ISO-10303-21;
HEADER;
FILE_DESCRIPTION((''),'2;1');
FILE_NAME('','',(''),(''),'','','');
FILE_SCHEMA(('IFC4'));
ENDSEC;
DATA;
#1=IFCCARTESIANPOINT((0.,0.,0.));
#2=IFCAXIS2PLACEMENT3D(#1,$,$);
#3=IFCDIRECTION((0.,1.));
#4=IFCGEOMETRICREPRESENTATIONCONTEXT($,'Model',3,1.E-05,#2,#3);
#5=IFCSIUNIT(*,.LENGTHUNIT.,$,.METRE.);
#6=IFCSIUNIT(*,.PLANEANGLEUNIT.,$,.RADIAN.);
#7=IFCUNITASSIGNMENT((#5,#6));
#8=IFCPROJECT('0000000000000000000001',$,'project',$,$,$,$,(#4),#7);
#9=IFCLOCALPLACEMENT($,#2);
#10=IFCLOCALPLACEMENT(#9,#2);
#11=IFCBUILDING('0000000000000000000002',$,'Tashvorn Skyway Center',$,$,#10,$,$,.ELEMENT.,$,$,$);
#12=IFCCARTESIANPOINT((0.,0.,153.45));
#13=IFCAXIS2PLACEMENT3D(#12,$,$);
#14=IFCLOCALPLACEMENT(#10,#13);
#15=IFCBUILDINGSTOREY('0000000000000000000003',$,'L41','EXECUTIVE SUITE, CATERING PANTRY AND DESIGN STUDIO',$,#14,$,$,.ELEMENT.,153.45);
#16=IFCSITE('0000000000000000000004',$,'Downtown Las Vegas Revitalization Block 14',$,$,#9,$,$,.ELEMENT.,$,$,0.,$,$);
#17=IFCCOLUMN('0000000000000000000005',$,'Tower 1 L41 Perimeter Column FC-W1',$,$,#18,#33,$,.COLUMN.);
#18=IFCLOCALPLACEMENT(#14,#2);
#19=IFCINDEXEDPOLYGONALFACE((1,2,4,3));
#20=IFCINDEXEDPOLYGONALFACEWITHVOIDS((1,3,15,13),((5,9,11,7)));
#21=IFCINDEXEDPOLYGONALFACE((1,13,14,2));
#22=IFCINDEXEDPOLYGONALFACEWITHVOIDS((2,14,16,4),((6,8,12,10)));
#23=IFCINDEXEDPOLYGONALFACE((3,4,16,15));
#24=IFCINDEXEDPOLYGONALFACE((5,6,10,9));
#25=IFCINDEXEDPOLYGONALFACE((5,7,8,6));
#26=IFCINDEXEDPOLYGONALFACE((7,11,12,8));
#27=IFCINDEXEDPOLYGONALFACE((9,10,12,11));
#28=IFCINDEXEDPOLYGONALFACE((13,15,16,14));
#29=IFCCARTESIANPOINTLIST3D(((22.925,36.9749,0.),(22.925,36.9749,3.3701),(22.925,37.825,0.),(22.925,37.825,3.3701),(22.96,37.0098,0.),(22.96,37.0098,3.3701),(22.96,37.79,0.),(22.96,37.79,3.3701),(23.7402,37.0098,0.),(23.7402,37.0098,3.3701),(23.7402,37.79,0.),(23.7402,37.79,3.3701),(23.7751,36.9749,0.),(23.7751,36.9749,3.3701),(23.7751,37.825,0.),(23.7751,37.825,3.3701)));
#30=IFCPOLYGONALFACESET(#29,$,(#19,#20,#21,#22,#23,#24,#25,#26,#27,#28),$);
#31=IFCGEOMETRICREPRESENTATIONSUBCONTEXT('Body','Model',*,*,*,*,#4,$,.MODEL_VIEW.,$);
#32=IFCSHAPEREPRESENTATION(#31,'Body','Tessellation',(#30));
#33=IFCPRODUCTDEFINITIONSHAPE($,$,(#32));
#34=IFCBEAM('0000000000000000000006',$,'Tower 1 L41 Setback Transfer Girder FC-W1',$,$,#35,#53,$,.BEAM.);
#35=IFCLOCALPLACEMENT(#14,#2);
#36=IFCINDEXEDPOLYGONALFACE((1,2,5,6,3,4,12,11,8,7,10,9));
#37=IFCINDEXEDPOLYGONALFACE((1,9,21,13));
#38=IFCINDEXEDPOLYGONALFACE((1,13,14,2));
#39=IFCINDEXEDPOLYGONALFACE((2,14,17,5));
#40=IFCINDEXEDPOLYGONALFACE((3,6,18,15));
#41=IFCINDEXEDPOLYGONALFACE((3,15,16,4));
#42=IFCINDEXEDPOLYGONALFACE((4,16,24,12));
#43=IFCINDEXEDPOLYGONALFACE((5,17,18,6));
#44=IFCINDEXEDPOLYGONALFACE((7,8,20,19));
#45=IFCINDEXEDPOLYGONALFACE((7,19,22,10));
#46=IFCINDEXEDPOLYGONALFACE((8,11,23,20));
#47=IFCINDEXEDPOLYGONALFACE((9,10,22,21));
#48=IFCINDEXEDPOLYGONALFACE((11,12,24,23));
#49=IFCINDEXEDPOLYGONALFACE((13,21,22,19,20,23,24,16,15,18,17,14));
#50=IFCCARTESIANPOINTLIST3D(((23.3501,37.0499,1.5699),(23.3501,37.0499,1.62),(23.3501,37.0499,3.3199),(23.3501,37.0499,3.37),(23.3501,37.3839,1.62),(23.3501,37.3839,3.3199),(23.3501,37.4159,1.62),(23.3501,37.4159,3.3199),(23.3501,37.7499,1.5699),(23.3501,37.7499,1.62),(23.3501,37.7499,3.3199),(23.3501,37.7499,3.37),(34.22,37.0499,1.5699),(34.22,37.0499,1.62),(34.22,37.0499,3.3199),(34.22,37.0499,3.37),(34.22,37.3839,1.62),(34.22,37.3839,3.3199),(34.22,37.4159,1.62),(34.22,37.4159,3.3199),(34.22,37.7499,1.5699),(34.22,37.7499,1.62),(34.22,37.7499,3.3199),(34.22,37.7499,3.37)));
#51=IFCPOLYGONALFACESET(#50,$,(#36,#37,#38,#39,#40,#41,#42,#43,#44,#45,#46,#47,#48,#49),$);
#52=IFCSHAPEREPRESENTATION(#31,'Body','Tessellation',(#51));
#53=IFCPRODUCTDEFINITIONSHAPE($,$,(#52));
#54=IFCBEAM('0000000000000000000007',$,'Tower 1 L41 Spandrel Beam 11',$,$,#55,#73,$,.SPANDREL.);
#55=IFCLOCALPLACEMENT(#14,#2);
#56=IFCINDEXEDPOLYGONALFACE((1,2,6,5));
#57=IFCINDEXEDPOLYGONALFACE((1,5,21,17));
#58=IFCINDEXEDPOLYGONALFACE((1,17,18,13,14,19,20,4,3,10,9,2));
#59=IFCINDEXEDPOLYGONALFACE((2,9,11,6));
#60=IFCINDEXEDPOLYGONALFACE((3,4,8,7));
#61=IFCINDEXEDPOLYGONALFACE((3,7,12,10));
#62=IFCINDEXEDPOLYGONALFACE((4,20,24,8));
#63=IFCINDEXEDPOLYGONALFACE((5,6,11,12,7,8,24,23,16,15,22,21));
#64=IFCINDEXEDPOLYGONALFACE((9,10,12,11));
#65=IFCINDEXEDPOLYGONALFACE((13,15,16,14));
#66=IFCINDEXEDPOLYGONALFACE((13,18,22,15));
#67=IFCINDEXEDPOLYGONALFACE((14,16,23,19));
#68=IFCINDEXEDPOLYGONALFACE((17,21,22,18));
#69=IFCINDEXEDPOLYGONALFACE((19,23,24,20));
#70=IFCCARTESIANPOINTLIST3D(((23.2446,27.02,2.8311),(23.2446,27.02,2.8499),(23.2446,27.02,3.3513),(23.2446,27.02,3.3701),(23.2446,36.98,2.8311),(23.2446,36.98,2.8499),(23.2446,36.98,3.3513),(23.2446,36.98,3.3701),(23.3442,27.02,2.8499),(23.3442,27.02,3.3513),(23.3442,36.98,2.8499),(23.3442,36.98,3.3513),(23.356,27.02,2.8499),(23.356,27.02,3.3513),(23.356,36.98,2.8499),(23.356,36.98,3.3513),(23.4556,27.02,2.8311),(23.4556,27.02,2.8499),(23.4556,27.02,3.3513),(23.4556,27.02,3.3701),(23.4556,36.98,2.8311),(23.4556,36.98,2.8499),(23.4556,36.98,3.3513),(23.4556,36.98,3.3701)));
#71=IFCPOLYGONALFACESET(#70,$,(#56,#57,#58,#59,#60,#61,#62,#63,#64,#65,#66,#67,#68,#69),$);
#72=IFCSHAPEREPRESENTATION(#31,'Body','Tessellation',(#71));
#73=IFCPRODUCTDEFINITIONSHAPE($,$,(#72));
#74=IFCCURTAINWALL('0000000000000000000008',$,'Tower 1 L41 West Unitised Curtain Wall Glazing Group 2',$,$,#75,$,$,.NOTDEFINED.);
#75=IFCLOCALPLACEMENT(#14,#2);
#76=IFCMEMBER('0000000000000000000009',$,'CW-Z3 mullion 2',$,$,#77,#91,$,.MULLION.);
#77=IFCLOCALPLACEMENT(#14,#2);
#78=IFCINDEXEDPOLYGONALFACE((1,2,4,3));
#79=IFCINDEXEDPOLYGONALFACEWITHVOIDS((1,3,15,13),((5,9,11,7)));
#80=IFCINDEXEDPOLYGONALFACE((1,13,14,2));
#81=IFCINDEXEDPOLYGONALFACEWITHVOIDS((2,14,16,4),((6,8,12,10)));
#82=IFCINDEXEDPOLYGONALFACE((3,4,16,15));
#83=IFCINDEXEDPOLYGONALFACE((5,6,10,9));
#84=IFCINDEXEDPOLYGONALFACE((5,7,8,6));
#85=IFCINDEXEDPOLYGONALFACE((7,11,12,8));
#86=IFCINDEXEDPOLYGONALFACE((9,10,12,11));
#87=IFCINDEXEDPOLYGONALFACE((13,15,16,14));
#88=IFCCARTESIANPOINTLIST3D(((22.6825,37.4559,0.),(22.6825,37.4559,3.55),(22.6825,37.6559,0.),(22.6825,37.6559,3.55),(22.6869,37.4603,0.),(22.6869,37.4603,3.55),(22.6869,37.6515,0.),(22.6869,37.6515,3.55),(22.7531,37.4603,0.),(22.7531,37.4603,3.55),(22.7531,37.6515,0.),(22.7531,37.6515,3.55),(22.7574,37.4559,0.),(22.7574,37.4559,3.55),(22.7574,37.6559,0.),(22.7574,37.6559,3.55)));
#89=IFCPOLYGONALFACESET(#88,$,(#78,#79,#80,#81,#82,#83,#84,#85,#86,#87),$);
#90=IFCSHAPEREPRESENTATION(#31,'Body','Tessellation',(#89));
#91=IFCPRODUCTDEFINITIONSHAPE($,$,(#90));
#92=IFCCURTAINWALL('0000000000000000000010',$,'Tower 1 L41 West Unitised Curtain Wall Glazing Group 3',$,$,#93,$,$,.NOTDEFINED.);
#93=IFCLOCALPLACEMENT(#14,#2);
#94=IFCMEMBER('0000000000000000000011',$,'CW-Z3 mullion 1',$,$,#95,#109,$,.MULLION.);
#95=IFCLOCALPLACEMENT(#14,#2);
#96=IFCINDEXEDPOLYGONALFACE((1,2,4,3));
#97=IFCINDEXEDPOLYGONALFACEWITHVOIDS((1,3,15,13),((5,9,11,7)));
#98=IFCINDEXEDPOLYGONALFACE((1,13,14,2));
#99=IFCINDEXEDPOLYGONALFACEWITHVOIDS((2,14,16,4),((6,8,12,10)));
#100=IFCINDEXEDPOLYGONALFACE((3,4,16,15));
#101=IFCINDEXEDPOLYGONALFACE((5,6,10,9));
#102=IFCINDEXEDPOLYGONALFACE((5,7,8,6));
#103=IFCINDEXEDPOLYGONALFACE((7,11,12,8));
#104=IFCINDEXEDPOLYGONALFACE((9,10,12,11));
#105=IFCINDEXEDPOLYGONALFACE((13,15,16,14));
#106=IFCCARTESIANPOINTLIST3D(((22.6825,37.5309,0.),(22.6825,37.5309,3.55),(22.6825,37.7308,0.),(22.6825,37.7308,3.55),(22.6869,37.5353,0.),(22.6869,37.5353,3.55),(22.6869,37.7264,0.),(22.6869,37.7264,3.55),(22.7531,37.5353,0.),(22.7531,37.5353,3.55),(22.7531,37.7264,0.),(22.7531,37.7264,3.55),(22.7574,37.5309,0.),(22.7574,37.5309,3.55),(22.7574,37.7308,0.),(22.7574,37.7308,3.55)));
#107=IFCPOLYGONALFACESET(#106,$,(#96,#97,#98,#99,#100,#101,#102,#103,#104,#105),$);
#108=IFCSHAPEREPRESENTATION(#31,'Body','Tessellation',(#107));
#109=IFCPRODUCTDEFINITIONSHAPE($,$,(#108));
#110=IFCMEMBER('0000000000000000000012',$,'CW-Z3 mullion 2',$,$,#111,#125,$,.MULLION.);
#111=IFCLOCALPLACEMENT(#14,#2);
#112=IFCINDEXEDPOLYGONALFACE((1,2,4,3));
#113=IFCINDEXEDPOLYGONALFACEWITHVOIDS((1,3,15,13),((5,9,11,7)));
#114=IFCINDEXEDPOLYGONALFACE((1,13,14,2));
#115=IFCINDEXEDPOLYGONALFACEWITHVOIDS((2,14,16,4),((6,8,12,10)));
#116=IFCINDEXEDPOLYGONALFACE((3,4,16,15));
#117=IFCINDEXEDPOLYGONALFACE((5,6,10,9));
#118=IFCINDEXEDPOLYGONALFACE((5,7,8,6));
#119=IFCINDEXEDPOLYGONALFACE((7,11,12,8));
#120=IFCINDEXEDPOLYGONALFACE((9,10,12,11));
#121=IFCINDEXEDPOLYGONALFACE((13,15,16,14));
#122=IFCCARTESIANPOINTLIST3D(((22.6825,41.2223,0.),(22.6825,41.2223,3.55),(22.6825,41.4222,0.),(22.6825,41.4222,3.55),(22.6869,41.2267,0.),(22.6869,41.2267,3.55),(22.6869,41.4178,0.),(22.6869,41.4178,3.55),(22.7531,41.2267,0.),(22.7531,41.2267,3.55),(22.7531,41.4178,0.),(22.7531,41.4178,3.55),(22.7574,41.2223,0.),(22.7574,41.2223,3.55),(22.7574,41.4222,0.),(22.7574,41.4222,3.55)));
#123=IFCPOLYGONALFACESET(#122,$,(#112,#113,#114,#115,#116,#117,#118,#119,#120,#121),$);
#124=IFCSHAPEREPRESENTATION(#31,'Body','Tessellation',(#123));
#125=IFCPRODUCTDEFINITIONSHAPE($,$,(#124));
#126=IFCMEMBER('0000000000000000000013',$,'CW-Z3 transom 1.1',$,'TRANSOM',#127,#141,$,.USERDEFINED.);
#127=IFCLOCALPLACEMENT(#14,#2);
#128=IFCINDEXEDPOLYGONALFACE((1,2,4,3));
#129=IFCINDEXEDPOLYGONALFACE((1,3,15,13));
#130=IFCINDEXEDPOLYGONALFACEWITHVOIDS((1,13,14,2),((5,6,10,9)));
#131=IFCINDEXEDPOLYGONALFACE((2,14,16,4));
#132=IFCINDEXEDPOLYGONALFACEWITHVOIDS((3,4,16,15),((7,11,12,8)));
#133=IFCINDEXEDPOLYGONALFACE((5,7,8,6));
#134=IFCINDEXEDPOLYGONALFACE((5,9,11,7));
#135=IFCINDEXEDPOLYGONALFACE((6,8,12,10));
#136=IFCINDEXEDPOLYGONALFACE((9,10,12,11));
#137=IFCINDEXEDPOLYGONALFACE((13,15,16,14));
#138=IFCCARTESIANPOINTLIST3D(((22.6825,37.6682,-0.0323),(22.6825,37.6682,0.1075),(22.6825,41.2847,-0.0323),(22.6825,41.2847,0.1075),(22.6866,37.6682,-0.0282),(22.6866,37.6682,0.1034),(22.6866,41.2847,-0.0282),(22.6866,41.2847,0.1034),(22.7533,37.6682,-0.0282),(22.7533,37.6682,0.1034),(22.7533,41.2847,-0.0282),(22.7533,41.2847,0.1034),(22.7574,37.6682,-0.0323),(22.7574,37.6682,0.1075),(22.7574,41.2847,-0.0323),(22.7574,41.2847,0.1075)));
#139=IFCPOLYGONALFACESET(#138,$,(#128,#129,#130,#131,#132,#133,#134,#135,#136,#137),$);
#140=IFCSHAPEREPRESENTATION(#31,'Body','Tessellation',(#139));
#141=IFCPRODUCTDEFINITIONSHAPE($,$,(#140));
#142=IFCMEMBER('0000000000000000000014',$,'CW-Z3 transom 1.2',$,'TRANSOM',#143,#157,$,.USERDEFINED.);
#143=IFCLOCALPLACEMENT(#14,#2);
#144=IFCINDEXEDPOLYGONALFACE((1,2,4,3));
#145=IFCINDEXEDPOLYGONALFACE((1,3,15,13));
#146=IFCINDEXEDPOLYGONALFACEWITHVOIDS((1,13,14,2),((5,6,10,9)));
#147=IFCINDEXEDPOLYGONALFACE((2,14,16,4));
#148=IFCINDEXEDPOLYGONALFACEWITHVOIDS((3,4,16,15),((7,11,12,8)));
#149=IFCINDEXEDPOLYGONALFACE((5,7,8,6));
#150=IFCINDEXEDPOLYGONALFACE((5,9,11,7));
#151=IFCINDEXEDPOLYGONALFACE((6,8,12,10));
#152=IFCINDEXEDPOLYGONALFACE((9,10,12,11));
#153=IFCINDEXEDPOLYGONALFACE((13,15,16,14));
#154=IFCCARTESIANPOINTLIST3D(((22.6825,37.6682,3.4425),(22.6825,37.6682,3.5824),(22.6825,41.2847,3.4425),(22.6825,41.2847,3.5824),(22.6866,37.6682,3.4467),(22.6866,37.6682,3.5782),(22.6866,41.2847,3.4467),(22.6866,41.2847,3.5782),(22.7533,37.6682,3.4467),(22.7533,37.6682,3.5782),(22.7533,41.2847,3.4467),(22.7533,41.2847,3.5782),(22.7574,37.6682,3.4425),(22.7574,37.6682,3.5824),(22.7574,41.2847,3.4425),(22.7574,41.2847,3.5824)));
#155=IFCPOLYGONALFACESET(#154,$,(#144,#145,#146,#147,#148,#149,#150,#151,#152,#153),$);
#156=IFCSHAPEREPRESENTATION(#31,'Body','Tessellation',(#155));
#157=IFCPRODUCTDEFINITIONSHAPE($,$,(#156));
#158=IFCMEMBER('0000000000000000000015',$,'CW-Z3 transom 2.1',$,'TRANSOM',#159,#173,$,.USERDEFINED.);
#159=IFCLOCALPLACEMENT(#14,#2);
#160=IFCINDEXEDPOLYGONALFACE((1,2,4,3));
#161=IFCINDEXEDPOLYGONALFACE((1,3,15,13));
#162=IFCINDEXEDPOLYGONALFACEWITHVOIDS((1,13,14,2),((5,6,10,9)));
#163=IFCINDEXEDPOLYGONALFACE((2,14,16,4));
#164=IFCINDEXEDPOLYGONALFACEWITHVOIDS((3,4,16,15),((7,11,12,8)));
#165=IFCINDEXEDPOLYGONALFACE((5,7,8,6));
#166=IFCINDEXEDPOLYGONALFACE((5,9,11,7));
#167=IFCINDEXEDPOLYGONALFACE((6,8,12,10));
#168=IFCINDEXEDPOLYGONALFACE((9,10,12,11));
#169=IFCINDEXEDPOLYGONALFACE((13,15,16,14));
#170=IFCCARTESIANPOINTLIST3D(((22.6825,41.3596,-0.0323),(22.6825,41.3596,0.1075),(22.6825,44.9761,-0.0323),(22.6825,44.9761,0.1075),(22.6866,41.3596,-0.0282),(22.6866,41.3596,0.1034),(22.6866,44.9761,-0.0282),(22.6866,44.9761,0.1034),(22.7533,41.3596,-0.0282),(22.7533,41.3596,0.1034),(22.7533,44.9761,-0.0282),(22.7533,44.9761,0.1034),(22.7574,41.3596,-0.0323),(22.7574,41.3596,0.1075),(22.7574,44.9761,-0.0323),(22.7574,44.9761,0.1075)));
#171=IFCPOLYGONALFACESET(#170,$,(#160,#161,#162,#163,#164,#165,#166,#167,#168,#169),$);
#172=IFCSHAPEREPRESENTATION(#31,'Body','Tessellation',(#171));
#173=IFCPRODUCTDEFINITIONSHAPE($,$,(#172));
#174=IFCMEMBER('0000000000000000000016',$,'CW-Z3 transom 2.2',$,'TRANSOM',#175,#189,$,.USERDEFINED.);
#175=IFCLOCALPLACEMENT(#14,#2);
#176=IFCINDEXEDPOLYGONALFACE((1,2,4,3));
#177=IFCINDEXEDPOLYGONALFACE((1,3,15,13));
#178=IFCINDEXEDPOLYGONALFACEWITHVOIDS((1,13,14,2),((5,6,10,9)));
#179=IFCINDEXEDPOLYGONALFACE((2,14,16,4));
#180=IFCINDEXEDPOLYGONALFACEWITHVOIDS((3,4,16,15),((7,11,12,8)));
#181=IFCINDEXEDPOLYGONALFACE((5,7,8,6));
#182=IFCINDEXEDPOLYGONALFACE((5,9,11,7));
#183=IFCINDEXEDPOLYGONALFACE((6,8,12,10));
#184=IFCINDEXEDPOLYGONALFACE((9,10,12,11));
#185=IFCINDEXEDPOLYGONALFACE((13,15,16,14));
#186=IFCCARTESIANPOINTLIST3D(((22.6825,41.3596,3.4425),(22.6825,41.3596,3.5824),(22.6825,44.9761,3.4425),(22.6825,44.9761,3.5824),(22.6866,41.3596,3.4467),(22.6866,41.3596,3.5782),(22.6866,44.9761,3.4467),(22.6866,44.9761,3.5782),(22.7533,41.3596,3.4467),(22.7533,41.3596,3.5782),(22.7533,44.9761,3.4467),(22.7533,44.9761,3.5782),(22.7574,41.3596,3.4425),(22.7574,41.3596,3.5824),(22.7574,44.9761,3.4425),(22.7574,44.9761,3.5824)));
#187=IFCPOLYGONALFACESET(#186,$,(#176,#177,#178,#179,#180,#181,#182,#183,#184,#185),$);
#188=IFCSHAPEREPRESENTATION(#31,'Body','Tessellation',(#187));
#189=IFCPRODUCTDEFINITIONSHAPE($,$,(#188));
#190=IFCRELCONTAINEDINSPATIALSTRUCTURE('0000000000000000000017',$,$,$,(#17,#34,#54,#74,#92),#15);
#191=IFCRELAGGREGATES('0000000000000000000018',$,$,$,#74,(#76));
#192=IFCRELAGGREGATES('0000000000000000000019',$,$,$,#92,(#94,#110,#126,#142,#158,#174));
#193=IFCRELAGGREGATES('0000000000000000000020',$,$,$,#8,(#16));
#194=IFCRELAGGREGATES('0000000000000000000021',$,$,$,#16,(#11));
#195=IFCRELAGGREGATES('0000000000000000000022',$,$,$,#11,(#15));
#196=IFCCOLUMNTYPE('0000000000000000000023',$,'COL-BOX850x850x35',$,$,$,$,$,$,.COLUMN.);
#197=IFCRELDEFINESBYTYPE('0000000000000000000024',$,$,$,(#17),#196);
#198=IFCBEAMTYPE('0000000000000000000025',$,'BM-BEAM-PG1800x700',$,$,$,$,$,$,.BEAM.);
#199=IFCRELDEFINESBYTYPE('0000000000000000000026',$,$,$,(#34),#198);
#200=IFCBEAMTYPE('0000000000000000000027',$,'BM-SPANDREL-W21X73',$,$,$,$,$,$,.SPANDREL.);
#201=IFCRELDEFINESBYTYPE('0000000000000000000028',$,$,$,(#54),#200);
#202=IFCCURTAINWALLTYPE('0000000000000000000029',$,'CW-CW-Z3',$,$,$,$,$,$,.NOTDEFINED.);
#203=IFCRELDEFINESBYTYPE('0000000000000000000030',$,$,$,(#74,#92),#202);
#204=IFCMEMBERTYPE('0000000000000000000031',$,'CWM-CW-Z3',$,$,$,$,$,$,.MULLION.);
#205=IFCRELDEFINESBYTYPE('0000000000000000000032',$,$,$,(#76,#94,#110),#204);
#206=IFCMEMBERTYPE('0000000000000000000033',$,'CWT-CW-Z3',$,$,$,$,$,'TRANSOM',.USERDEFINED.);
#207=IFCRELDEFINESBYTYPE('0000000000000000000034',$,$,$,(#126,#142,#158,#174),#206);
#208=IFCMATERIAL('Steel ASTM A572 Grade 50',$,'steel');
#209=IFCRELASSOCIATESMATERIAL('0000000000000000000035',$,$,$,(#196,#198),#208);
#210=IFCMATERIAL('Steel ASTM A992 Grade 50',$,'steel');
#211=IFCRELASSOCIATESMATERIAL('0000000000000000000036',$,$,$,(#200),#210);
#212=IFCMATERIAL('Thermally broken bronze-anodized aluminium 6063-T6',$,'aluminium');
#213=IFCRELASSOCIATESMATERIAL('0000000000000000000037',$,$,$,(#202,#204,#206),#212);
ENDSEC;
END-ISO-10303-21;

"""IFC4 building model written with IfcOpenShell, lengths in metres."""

from ifc_helpers import new_model, si_unit, direction, frame, origin, origin_2d, place, context, subcontext, project, spatial, hollow_rectangle, i_section, extrude, material, material_profile, profile_set, type_object, element, aggregate, save


model = new_model("IFC4")

# Units and contexts
model_context = context("Model", 3, precision=1e-05, world=origin(), true_north=direction((0.0, 1.0)))
body_context = subcontext(model_context, "Body", "Model", "MODEL_VIEW")
ifc_project = project(units=[si_unit("LENGTHUNIT", "METRE"), si_unit("PLANEANGLEUNIT", "RADIAN")], contexts=[model_context])

# Site, building, storey
site_placement = place(None, origin())
site = spatial("IfcSite", under=ifc_project, at=site_placement, Name="Downtown Las Vegas Revitalization Block 14", CompositionType="ELEMENT", RefElevation=0.0)
building_placement = place(site_placement, origin())
building = spatial("IfcBuilding", under=site, at=building_placement, Name="Tashvorn Skyway Center", CompositionType="ELEMENT")
storey_placement = place(building_placement, frame((0.0, 0.0, 153.45)))
storey = spatial("IfcBuildingStorey", under=building, at=storey_placement, Name="L41", Description="EXECUTIVE SUITE, CATERING PANTRY AND DESIGN STUDIO", CompositionType="ELEMENT", Elevation=153.45)

# Column
ifc_material_1 = material(Name="Steel ASTM A572 Grade 50", Category="steel")
ifc_material_profile_1 = material_profile(ifc_material_1, hollow_rectangle(XDim=0.8501, YDim=0.8501, WallThickness=0.0349, at=origin_2d()), Name="BOX850x850x35")
ifc_profile_set_1 = profile_set([ifc_material_profile_1], Name="Steel ASTM A572 Grade 50")
column_type = type_object("IfcColumnType", Name="COL-BOX850x850x35", PredefinedType="COLUMN", material=ifc_profile_set_1)
column_placement = place(storey_placement, frame((23.3501, 37.3999, 0.0), z_axis=(0.0, 0.0, 1.0), x_axis=(1.0, 0.0, 0.0)))
element("IfcColumn", 1, at=column_placement, inside=storey, type_object=column_type, Name="Tower 1 L41 Perimeter Column FC-W1", PredefinedType="COLUMN", context=body_context, shape_type="SweptSolid", body=[
    extrude(hollow_rectangle(XDim=0.8501, YDim=0.8501, WallThickness=0.0349, at=origin_2d()), origin(), (0.0, 0.0, 1.0), 3.3701),
])

# Beams
ifc_material_profile_2 = material_profile(ifc_material_1, i_section(OverallWidth=0.7, OverallDepth=1.8, WebThickness=0.032, FlangeThickness=0.05, at=origin_2d()), Name="PG1800x700")
ifc_profile_set_2 = profile_set([ifc_material_profile_2], Name="Steel ASTM A572 Grade 50")
beam_type_1 = type_object("IfcBeamType", Name="BM-BEAM-PG1800x700", PredefinedType="BEAM", material=ifc_profile_set_2)
beam_1_placement = place(storey_placement, frame((23.3501, 37.3999, 2.47), z_axis=(1.0, 0.0, 0.0), x_axis=(0.0, 1.0, 0.0)))
element("IfcBeam", 2, at=beam_1_placement, inside=storey, type_object=beam_type_1, Name="Tower 1 L41 Setback Transfer Girder FC-W1", PredefinedType="BEAM", context=body_context, shape_type="SweptSolid", body=[
    extrude(i_section(OverallWidth=0.7, OverallDepth=1.8, WebThickness=0.032, FlangeThickness=0.05, at=origin_2d()), origin(), (0.0, 0.0, 1.0), 10.8699),
])
ifc_material_2 = material(Name="Steel ASTM A992 Grade 50", Category="steel")
ifc_material_profile_3 = material_profile(ifc_material_2, i_section(OverallWidth=0.2109, OverallDepth=0.5391, WebThickness=0.0117, FlangeThickness=0.0188, at=origin_2d()), Name="W21X73")
ifc_profile_set_3 = profile_set([ifc_material_profile_3], Name="Steel ASTM A992 Grade 50")
beam_type_2 = type_object("IfcBeamType", Name="BM-SPANDREL-W21X73", PredefinedType="SPANDREL", material=ifc_profile_set_3)
beam_2_placement = place(storey_placement, frame((23.3501, 36.98, 3.1006), z_axis=(0.0, -1.0, 0.0), x_axis=(1.0, 0.0, 0.0)))
element("IfcBeam", 3, at=beam_2_placement, inside=storey, type_object=beam_type_2, Name="Tower 1 L41 Spandrel Beam 11", PredefinedType="SPANDREL", context=body_context, shape_type="SweptSolid", body=[
    extrude(i_section(OverallWidth=0.2109, OverallDepth=0.5391, WebThickness=0.0117, FlangeThickness=0.0188, at=origin_2d()), origin(), (0.0, 0.0, 1.0), 9.96),
])

# Curtain wall, member
ifc_material_3 = material(Name="Thermally broken bronze-anodized aluminium 6063-T6", Category="aluminium")
curtain_wall_type = type_object("IfcCurtainWallType", Name="CW-CW-Z3", PredefinedType="NOTDEFINED", material=ifc_material_3)
curtain_wall_1_placement = place(storey_placement, origin())
curtain_wall_1 = element("IfcCurtainWall", 4, at=curtain_wall_1_placement, inside=storey, type_object=curtain_wall_type, Name="Tower 1 L41 West Unitised Curtain Wall Glazing Group 2", PredefinedType="NOTDEFINED")
ifc_material_profile_4 = material_profile(ifc_material_3, hollow_rectangle(XDim=0.075, YDim=0.2, WallThickness=0.0044, at=origin_2d()), Name="ALU-MULL-75x200")
ifc_profile_set_4 = profile_set([ifc_material_profile_4], Name="Thermally broken bronze-anodized aluminium 6063-T6")
member_type_1 = type_object("IfcMemberType", Name="CWM-CW-Z3", PredefinedType="MULLION", material=ifc_profile_set_4)
member_1_placement = place(storey_placement, frame((22.72, 37.5559, 0.0), z_axis=(0.0, 0.0, 1.0), x_axis=(-1.0, 0.0, 0.0)))
member_1 = element("IfcMember", 5, at=member_1_placement, type_object=member_type_1, Name="CW-Z3 mullion 2", PredefinedType="MULLION", context=body_context, shape_type="SweptSolid", body=[
    extrude(hollow_rectangle(XDim=0.075, YDim=0.2, WallThickness=0.0044, at=origin_2d()), origin(), (0.0, 0.0, 1.0), 3.55),
])

# Curtain wall, members
curtain_wall_2_placement = place(storey_placement, origin())
curtain_wall_2 = element("IfcCurtainWall", 6, at=curtain_wall_2_placement, inside=storey, type_object=curtain_wall_type, Name="Tower 1 L41 West Unitised Curtain Wall Glazing Group 3", PredefinedType="NOTDEFINED")
member_2_placement = place(storey_placement, frame((22.72, 37.6309, 0.0), z_axis=(0.0, 0.0, 1.0), x_axis=(-1.0, 0.0, 0.0)))
member_2 = element("IfcMember", 7, at=member_2_placement, type_object=member_type_1, Name="CW-Z3 mullion 1", PredefinedType="MULLION", context=body_context, shape_type="SweptSolid", body=[
    extrude(hollow_rectangle(XDim=0.075, YDim=0.2, WallThickness=0.0044, at=origin_2d()), origin(), (0.0, 0.0, 1.0), 3.55),
])
member_3_placement = place(storey_placement, frame((22.72, 41.3223, 0.0), z_axis=(0.0, 0.0, 1.0), x_axis=(-1.0, 0.0, 0.0)))
member_3 = element("IfcMember", 8, at=member_3_placement, type_object=member_type_1, Name="CW-Z3 mullion 2", PredefinedType="MULLION", context=body_context, shape_type="SweptSolid", body=[
    extrude(hollow_rectangle(XDim=0.075, YDim=0.2, WallThickness=0.0044, at=origin_2d()), origin(), (0.0, 0.0, 1.0), 3.55),
])
ifc_material_profile_5 = material_profile(ifc_material_3, hollow_rectangle(XDim=0.075, YDim=0.1399, WallThickness=0.0042, at=origin_2d()), Name="ALU-TRAN-75x140")
ifc_profile_set_5 = profile_set([ifc_material_profile_5], Name="Thermally broken bronze-anodized aluminium 6063-T6")
member_type_2 = type_object("IfcMemberType", Name="CWT-CW-Z3", ElementType="TRANSOM", PredefinedType="USERDEFINED", material=ifc_profile_set_5)
member_4_placement = place(storey_placement, frame((22.72, 37.6682, 0.0376), z_axis=(0.0, 1.0, 0.0), x_axis=(-1.0, 0.0, 0.0)))
member_4 = element("IfcMember", 9, at=member_4_placement, type_object=member_type_2, Name="CW-Z3 transom 1.1", ObjectType="TRANSOM", PredefinedType="USERDEFINED", context=body_context, shape_type="SweptSolid", body=[
    extrude(hollow_rectangle(XDim=0.075, YDim=0.1399, WallThickness=0.0042, at=origin_2d()), origin(), (0.0, 0.0, 1.0), 3.6165),
])
member_5_placement = place(storey_placement, frame((22.72, 37.6682, 3.5125), z_axis=(0.0, 1.0, 0.0), x_axis=(-1.0, 0.0, 0.0)))
member_5 = element("IfcMember", 10, at=member_5_placement, type_object=member_type_2, Name="CW-Z3 transom 1.2", ObjectType="TRANSOM", PredefinedType="USERDEFINED", context=body_context, shape_type="SweptSolid", body=[
    extrude(hollow_rectangle(XDim=0.075, YDim=0.1399, WallThickness=0.0042, at=origin_2d()), origin(), (0.0, 0.0, 1.0), 3.6165),
])
member_6_placement = place(storey_placement, frame((22.72, 41.3596, 0.0376), z_axis=(0.0, 1.0, 0.0), x_axis=(-1.0, 0.0, 0.0)))
member_6 = element("IfcMember", 11, at=member_6_placement, type_object=member_type_2, Name="CW-Z3 transom 2.1", ObjectType="TRANSOM", PredefinedType="USERDEFINED", context=body_context, shape_type="SweptSolid", body=[
    extrude(hollow_rectangle(XDim=0.075, YDim=0.1399, WallThickness=0.0042, at=origin_2d()), origin(), (0.0, 0.0, 1.0), 3.6165),
])
member_7_placement = place(storey_placement, frame((22.72, 41.3596, 3.5125), z_axis=(0.0, 1.0, 0.0), x_axis=(-1.0, 0.0, 0.0)))
member_7 = element("IfcMember", 12, at=member_7_placement, type_object=member_type_2, Name="CW-Z3 transom 2.2", ObjectType="TRANSOM", PredefinedType="USERDEFINED", context=body_context, shape_type="SweptSolid", body=[
    extrude(hollow_rectangle(XDim=0.075, YDim=0.1399, WallThickness=0.0042, at=origin_2d()), origin(), (0.0, 0.0, 1.0), 3.6165),
])

aggregate(curtain_wall_1, [member_1])
aggregate(curtain_wall_2, [member_2, member_3, member_4, member_5, member_6, member_7])

save(model, "model.ifc")
